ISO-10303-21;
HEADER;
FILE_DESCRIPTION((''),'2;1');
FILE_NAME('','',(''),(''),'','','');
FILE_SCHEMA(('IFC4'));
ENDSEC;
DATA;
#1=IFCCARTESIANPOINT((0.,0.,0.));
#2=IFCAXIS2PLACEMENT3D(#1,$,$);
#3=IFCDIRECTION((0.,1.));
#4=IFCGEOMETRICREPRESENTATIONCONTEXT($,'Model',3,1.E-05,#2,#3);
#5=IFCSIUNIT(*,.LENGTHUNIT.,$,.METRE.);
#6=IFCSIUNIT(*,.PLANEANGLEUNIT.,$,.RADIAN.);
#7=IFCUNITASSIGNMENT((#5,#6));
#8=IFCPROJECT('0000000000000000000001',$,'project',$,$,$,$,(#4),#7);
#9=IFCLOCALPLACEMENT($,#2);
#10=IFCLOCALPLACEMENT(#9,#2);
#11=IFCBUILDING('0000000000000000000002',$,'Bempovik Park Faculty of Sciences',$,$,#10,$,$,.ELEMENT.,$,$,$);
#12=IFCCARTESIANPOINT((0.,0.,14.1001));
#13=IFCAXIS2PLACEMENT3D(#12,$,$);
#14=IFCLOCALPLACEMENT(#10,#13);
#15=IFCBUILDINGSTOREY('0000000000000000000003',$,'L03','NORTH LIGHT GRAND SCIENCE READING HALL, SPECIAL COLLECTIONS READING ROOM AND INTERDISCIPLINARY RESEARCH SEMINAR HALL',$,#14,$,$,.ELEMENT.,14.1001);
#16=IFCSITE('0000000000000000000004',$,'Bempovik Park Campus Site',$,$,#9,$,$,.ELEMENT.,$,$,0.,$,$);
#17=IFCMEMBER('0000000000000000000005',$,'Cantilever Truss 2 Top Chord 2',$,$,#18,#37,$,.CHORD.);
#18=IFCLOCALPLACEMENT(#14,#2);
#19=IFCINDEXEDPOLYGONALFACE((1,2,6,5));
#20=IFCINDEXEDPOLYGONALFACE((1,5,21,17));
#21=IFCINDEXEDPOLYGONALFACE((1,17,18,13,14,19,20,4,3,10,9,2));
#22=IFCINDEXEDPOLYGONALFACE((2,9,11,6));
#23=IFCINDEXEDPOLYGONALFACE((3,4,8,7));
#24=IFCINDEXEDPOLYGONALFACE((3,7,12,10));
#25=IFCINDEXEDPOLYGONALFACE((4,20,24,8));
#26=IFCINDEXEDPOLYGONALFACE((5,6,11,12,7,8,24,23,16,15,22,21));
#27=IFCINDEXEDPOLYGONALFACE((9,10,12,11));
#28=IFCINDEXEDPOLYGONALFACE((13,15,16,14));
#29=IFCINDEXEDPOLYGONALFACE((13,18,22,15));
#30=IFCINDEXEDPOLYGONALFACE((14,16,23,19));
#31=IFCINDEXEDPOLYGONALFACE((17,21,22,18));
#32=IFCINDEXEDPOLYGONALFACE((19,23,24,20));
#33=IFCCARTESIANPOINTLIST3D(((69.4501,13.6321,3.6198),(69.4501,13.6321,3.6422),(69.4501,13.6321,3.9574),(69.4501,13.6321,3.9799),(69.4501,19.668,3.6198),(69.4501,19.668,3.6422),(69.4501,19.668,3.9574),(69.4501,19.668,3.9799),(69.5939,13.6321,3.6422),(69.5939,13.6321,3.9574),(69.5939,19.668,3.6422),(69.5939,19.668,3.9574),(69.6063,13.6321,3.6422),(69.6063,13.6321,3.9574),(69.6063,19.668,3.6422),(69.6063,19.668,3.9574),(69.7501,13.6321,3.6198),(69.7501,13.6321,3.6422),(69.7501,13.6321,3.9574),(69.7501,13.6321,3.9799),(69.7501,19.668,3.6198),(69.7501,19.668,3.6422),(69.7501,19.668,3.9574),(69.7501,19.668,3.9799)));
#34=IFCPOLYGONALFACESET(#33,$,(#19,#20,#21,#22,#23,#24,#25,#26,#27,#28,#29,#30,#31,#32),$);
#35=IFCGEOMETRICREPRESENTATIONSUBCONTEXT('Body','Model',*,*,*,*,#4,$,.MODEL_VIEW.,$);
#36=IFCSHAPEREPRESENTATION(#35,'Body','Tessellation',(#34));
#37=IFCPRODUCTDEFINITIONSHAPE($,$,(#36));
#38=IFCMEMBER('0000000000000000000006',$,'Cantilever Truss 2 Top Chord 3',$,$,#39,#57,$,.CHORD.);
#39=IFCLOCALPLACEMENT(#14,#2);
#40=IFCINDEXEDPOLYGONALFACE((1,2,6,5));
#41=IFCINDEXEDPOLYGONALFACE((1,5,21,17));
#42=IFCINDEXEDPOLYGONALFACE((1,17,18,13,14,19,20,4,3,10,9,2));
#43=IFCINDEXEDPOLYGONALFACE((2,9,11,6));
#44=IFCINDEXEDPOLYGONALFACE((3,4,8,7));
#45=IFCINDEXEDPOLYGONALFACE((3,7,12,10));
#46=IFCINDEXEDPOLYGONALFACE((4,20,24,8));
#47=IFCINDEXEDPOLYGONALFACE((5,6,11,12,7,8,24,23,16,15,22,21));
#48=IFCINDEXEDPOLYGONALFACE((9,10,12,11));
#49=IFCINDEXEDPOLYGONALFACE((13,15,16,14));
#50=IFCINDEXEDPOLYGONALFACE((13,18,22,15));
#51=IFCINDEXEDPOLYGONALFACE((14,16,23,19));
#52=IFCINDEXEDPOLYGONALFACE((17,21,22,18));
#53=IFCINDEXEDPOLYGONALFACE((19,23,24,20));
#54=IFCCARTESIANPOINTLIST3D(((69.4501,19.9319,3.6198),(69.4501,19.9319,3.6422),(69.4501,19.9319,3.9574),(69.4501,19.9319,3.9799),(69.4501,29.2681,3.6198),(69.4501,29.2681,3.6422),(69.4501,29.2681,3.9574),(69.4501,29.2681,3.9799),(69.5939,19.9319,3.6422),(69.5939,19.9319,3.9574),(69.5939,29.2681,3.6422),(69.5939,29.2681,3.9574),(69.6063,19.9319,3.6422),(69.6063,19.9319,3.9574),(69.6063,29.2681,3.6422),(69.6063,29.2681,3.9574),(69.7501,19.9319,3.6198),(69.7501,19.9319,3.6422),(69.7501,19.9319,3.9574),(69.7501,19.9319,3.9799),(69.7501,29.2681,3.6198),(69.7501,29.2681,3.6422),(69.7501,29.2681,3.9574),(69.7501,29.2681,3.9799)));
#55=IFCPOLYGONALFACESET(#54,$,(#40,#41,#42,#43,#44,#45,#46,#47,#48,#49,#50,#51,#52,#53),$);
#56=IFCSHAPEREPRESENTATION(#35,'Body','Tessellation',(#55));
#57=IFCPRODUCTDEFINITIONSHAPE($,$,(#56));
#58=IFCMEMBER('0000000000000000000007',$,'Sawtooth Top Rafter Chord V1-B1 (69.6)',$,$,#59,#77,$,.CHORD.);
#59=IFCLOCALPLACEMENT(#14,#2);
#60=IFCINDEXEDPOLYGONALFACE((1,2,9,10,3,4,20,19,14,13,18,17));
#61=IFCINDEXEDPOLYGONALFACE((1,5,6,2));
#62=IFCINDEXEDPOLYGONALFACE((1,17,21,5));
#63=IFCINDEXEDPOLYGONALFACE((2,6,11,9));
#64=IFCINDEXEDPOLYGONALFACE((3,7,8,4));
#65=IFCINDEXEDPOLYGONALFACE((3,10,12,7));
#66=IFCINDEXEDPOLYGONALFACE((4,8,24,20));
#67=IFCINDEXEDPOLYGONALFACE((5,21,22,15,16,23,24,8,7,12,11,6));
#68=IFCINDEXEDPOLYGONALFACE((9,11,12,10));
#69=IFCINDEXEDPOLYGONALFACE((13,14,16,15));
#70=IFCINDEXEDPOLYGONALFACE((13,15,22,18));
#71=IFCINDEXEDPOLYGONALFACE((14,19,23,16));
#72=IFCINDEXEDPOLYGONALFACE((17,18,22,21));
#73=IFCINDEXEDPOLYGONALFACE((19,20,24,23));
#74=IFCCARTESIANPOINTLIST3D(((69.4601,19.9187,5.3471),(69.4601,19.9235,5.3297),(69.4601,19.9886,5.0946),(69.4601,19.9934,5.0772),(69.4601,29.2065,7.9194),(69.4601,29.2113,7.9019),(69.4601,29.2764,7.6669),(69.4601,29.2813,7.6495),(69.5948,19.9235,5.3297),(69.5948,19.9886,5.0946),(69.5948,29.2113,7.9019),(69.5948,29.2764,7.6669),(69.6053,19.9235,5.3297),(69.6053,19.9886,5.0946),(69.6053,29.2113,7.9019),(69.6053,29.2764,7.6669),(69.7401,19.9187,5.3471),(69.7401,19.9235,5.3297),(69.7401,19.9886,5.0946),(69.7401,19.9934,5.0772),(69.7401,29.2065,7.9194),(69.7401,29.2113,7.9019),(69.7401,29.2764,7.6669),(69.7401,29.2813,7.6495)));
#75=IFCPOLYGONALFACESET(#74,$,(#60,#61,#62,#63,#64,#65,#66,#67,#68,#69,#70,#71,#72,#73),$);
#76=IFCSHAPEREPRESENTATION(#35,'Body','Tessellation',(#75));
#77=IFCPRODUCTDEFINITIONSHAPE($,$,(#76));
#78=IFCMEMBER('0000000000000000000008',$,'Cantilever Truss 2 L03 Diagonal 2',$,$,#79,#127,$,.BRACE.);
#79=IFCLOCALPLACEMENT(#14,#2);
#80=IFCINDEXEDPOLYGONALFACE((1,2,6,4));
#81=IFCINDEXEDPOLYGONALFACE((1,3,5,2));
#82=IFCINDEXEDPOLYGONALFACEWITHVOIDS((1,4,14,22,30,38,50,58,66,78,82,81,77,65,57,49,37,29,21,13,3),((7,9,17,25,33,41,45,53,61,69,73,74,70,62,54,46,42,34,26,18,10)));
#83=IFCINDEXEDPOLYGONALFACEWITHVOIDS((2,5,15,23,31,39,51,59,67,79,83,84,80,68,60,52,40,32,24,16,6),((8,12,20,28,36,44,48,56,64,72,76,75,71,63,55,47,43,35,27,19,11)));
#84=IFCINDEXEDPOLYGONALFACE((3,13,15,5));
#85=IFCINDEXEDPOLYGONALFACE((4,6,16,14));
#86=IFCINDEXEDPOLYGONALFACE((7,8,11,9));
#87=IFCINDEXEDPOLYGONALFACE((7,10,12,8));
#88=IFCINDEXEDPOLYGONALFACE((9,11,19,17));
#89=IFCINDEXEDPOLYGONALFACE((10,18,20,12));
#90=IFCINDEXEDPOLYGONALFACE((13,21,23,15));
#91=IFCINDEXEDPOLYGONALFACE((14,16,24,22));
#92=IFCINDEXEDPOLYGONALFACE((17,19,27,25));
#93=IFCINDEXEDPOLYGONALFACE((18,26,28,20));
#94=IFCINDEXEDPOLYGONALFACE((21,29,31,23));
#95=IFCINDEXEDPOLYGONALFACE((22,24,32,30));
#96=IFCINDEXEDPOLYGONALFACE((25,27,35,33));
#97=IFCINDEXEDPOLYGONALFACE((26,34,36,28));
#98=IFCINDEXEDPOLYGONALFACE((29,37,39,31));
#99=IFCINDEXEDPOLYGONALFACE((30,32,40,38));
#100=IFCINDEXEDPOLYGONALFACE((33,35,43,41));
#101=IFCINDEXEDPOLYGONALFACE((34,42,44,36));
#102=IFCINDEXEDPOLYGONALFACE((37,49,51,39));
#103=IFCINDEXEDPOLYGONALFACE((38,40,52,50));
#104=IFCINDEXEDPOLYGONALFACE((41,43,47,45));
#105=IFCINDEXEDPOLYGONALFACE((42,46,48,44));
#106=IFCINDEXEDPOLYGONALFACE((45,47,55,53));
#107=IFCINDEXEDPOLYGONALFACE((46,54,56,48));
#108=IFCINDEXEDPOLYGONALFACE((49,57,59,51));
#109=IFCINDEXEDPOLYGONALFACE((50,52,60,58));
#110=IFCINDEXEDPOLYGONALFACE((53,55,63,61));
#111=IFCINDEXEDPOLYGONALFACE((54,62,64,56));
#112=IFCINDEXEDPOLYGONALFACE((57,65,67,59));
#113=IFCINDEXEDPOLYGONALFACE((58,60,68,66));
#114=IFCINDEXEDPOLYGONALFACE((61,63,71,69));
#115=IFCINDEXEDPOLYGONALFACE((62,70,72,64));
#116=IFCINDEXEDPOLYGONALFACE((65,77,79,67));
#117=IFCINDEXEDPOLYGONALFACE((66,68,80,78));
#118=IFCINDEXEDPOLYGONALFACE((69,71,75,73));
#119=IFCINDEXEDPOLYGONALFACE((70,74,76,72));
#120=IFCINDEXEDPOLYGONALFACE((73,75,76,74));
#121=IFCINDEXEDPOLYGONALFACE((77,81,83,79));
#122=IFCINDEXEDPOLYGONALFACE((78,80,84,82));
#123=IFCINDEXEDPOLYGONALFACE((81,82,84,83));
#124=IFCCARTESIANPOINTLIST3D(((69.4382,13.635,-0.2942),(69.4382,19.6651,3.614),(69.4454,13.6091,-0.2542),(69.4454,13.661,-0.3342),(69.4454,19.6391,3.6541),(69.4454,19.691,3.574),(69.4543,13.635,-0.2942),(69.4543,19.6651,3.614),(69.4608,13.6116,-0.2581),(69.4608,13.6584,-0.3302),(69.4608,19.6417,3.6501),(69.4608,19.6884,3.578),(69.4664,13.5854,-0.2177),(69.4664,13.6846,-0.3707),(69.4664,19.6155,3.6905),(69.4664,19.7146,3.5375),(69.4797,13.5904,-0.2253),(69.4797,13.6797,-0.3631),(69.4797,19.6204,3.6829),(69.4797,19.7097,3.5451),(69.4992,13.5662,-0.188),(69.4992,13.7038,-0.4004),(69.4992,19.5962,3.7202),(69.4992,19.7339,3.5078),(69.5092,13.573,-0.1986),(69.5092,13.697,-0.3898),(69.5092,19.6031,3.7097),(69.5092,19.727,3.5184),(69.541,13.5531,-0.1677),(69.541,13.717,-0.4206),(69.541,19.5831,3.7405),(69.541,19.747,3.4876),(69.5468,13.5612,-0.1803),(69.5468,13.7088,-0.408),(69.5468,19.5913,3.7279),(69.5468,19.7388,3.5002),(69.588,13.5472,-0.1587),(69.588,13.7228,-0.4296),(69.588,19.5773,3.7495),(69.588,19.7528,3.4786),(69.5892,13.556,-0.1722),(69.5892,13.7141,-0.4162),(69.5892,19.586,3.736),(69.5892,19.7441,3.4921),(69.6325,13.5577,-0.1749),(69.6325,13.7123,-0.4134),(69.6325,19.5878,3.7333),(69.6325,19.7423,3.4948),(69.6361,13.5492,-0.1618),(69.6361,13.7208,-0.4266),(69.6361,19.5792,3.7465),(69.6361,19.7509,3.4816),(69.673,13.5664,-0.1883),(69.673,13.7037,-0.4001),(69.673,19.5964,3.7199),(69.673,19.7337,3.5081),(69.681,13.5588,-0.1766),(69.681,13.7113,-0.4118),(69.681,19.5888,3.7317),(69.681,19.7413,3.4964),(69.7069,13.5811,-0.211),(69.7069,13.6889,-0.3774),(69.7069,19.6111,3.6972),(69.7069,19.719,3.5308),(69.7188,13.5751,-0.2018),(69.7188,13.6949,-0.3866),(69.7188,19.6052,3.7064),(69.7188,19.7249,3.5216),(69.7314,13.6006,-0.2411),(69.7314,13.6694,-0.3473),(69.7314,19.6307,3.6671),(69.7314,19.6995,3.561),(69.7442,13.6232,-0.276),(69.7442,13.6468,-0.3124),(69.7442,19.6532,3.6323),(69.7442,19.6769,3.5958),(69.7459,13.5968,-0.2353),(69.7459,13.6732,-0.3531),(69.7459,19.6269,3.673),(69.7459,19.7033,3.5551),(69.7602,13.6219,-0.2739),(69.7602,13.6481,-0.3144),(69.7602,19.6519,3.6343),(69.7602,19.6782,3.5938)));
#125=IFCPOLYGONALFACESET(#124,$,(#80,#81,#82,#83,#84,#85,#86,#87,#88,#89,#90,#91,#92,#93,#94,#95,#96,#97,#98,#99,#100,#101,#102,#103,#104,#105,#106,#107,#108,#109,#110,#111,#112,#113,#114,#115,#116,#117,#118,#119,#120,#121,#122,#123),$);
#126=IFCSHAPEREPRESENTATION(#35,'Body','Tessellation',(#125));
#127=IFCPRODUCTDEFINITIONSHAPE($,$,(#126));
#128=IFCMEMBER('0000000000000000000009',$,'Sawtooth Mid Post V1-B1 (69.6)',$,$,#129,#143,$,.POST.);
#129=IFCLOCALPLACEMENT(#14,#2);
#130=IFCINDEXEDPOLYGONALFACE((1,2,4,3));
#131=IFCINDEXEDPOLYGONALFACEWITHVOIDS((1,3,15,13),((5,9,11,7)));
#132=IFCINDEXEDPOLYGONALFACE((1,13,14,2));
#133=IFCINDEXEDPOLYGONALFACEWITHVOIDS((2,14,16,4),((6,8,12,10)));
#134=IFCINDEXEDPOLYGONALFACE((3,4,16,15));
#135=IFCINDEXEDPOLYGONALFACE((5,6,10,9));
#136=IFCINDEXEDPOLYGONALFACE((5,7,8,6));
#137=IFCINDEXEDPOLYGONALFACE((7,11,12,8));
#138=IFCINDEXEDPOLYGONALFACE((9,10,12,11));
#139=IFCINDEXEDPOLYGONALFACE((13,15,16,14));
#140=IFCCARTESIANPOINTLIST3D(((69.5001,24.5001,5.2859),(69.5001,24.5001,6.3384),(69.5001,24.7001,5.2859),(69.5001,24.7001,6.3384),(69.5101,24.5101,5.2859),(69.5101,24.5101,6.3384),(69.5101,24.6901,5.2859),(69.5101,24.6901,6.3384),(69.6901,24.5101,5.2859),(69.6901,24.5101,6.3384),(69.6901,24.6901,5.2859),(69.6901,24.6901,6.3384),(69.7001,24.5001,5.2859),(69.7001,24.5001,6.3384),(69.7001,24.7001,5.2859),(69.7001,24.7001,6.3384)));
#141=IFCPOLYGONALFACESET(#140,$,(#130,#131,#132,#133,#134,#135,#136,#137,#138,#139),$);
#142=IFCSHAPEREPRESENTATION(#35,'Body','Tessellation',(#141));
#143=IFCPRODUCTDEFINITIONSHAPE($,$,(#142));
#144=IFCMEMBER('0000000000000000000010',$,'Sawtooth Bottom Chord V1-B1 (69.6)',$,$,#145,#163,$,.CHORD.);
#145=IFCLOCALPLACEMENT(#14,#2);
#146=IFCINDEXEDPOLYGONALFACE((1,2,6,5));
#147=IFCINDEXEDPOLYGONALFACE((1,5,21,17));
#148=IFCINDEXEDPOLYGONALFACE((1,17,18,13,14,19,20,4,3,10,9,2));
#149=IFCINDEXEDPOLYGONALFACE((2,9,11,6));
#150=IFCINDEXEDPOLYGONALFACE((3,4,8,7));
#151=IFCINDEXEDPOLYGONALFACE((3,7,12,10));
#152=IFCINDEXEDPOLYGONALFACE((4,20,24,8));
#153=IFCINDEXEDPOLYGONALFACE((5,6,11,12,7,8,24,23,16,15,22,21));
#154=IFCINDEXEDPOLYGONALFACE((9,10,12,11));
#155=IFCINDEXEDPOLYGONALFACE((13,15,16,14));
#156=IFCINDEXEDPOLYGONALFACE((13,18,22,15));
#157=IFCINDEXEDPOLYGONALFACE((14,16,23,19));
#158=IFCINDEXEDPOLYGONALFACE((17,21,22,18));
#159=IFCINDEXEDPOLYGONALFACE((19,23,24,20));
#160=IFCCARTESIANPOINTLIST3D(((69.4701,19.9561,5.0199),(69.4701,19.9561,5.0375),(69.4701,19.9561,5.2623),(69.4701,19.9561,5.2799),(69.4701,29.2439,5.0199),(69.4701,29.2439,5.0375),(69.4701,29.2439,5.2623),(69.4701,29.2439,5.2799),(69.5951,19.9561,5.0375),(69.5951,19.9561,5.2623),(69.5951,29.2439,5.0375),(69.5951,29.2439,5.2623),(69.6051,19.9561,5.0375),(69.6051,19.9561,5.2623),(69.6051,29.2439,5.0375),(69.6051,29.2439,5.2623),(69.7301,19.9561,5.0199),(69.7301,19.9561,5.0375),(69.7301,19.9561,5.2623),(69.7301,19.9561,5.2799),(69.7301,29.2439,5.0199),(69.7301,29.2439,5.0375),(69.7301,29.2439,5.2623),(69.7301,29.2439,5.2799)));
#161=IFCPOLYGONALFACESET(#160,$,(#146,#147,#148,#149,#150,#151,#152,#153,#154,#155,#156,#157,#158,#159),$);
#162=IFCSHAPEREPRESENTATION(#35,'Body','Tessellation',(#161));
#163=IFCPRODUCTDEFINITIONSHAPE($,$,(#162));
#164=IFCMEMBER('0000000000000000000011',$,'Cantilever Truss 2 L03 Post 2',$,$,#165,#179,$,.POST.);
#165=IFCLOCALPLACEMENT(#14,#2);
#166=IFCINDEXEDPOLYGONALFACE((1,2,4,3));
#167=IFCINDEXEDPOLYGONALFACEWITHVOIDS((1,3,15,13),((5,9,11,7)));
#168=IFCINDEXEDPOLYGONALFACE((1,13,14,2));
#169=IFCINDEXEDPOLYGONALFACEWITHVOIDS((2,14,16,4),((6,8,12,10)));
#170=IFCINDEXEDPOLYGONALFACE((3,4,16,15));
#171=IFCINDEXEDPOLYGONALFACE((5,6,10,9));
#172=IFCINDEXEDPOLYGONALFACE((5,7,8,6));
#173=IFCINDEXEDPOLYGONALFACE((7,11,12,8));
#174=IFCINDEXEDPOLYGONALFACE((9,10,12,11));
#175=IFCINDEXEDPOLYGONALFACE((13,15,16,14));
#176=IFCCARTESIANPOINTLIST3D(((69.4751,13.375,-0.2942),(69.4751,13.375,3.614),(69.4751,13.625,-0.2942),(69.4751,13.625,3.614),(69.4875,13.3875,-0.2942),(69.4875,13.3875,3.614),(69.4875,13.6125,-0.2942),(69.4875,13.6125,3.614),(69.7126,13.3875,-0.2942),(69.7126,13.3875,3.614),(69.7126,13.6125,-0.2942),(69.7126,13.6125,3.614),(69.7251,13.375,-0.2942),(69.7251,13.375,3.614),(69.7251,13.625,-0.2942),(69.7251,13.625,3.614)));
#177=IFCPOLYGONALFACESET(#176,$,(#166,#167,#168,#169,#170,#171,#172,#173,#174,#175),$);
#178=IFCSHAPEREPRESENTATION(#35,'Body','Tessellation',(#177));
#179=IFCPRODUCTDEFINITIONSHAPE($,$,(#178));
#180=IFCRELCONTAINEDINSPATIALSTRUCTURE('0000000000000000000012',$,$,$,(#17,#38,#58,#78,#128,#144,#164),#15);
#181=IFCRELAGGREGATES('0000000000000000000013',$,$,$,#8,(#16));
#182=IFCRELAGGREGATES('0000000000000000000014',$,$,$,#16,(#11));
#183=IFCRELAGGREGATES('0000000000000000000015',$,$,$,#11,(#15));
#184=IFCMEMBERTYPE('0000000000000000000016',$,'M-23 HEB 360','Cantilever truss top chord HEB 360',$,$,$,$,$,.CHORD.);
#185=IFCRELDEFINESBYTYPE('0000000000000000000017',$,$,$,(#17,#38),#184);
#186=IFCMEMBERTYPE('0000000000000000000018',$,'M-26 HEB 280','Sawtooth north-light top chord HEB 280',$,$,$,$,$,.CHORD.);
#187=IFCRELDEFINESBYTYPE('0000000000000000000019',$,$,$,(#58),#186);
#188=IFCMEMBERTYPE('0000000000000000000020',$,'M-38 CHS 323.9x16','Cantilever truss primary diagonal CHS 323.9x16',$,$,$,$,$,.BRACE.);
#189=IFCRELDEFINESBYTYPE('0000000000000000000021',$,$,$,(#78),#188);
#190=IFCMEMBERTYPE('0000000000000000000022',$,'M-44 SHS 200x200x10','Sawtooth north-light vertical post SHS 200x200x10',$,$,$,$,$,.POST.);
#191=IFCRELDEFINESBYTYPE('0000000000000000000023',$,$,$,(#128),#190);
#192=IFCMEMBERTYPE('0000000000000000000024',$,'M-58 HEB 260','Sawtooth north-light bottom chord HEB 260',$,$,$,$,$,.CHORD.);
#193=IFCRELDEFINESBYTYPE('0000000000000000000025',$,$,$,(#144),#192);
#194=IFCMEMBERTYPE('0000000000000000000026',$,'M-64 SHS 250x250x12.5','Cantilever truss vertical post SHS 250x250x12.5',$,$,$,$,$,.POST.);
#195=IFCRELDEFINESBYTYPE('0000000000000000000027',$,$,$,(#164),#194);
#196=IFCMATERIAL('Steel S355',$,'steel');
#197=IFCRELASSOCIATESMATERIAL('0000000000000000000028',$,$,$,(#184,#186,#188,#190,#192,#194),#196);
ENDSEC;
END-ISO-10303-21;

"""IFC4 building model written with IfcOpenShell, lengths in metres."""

from ifc_helpers import new_model, si_unit, direction, frame, origin, origin_2d, place, context, subcontext, project, spatial, hollow_rectangle, hollow_circle, i_section, extrude, material, material_profile, profile_set, type_object, element, save


model = new_model("IFC4")

# Units and contexts
model_context = context("Model", 3, precision=1e-05, world=origin(), true_north=direction((0.0, 1.0)))
body_context = subcontext(model_context, "Body", "Model", "MODEL_VIEW")
ifc_project = project(units=[si_unit("LENGTHUNIT", "METRE"), si_unit("PLANEANGLEUNIT", "RADIAN")], contexts=[model_context])

# Site, building, storey
site_placement = place(None, origin())
site = spatial("IfcSite", under=ifc_project, at=site_placement, Name="Bempovik Park Campus Site", CompositionType="ELEMENT", RefElevation=0.0)
building_placement = place(site_placement, origin())
building = spatial("IfcBuilding", under=site, at=building_placement, Name="Bempovik Park Faculty of Sciences", CompositionType="ELEMENT")
storey_placement = place(building_placement, frame((0.0, 0.0, 14.1001)))
storey = spatial("IfcBuildingStorey", under=building, at=storey_placement, Name="L03", Description="NORTH LIGHT GRAND SCIENCE READING HALL, SPECIAL COLLECTIONS READING ROOM AND INTERDISCIPLINARY RESEARCH SEMINAR HALL", CompositionType="ELEMENT", Elevation=14.1001)

# Shared definitions
ifc_material_1 = material(Name="Steel S355", Category="steel")

# Members
ifc_material_profile_1 = material_profile(ifc_material_1, i_section(OverallWidth=0.3, OverallDepth=0.3601, WebThickness=0.0125, FlangeThickness=0.0225, at=origin_2d()), Name="HEB 360")
ifc_profile_set_1 = profile_set([ifc_material_profile_1], Name="Steel S355")
member_type_1 = type_object("IfcMemberType", Name="M-23 HEB 360", Description="Cantilever truss top chord HEB 360", PredefinedType="CHORD", material=ifc_profile_set_1)
member_1_placement = place(storey_placement, frame((69.6001, 13.6321, 3.7998), z_axis=(0.0, 1.0, 0.0), x_axis=(-1.0, 0.0, 0.0)))
element("IfcMember", 1, at=member_1_placement, inside=storey, type_object=member_type_1, Name="Cantilever Truss 2 Top Chord 2", PredefinedType="CHORD", context=body_context, shape_type="SweptSolid", body=[
    extrude(i_section(OverallWidth=0.3, OverallDepth=0.3601, WebThickness=0.0125, FlangeThickness=0.0225, at=origin_2d()), origin(), (0.0, 0.0, 1.0), 6.0359),
])
member_2_placement = place(storey_placement, frame((69.6001, 19.9319, 3.7998), z_axis=(0.0, 1.0, 0.0), x_axis=(-1.0, 0.0, 0.0)))
element("IfcMember", 2, at=member_2_placement, inside=storey, type_object=member_type_1, Name="Cantilever Truss 2 Top Chord 3", PredefinedType="CHORD", context=body_context, shape_type="SweptSolid", body=[
    extrude(i_section(OverallWidth=0.3, OverallDepth=0.3601, WebThickness=0.0125, FlangeThickness=0.0225, at=origin_2d()), origin(), (0.0, 0.0, 1.0), 9.3362),
])
ifc_material_profile_2 = material_profile(ifc_material_1, i_section(OverallWidth=0.28, OverallDepth=0.28, WebThickness=0.0105, FlangeThickness=0.0181, at=origin_2d()), Name="HEB 280")
ifc_profile_set_2 = profile_set([ifc_material_profile_2], Name="Steel S355")
member_type_2 = type_object("IfcMemberType", Name="M-26 HEB 280", Description="Sawtooth north-light top chord HEB 280", PredefinedType="CHORD", material=ifc_profile_set_2)
member_3_placement = place(storey_placement, frame((69.6001, 19.9561, 5.2122), z_axis=(0.0, 0.963723, 0.266903), x_axis=(-1.0, 0.0, 0.0)))
element("IfcMember", 3, at=member_3_placement, inside=storey, type_object=member_type_2, Name="Sawtooth Top Rafter Chord V1-B1 (69.6)", PredefinedType="CHORD", context=body_context, shape_type="SweptSolid", body=[
    extrude(i_section(OverallWidth=0.28, OverallDepth=0.28, WebThickness=0.0105, FlangeThickness=0.0181, at=origin_2d()), origin(), (0.0, 0.0, 1.0), 9.6375),
])
ifc_material_profile_3 = material_profile(ifc_material_1, hollow_circle(Radius=0.1619, WallThickness=0.0161, at=origin_2d()), Name="CHS 323.9x16")
ifc_profile_set_3 = profile_set([ifc_material_profile_3], Name="Steel S355")
member_type_3 = type_object("IfcMemberType", Name="M-38 CHS 323.9x16", Description="Cantilever truss primary diagonal CHS 323.9x16", PredefinedType="BRACE", material=ifc_profile_set_3)
member_4_placement = place(storey_placement, frame((69.6001, 13.635, -0.2942), z_axis=(0.0, 0.839162, 0.543881), x_axis=(-1.0, 0.0, 0.0)))
element("IfcMember", 4, at=member_4_placement, inside=storey, type_object=member_type_3, Name="Cantilever Truss 2 L03 Diagonal 2", PredefinedType="BRACE", context=body_context, shape_type="SweptSolid", body=[
    extrude(hollow_circle(Radius=0.1619, WallThickness=0.0161, at=origin_2d()), origin(), (0.0, 0.0, 1.0), 7.1858),
])
ifc_material_profile_4 = material_profile(ifc_material_1, hollow_rectangle(XDim=0.2, YDim=0.2, WallThickness=0.01, at=origin_2d()), Name="SHS 200x200x10")
ifc_profile_set_4 = profile_set([ifc_material_profile_4], Name="Steel S355")
member_type_4 = type_object("IfcMemberType", Name="M-44 SHS 200x200x10", Description="Sawtooth north-light vertical post SHS 200x200x10", PredefinedType="POST", material=ifc_profile_set_4)
member_5_placement = place(storey_placement, frame((69.6001, 24.6001, 5.2859), z_axis=(0.0, 0.0, 1.0), x_axis=(1.0, 0.0, 0.0)))
element("IfcMember", 5, at=member_5_placement, inside=storey, type_object=member_type_4, Name="Sawtooth Mid Post V1-B1 (69.6)", PredefinedType="POST", context=body_context, shape_type="SweptSolid", body=[
    extrude(hollow_rectangle(XDim=0.2, YDim=0.2, WallThickness=0.01, at=origin_2d()), origin(), (0.0, 0.0, 1.0), 1.0525),
])
ifc_material_profile_5 = material_profile(ifc_material_1, i_section(OverallWidth=0.26, OverallDepth=0.26, WebThickness=0.01, FlangeThickness=0.0176, at=origin_2d()), Name="HEB 260")
ifc_profile_set_5 = profile_set([ifc_material_profile_5], Name="Steel S355")
member_type_5 = type_object("IfcMemberType", Name="M-58 HEB 260", Description="Sawtooth north-light bottom chord HEB 260", PredefinedType="CHORD", material=ifc_profile_set_5)
member_6_placement = place(storey_placement, frame((69.6001, 19.9561, 5.1499), z_axis=(0.0, 1.0, 0.0), x_axis=(-1.0, 0.0, 0.0)))
element("IfcMember", 6, at=member_6_placement, inside=storey, type_object=member_type_5, Name="Sawtooth Bottom Chord V1-B1 (69.6)", PredefinedType="CHORD", context=body_context, shape_type="SweptSolid", body=[
    extrude(i_section(OverallWidth=0.26, OverallDepth=0.26, WebThickness=0.01, FlangeThickness=0.0176, at=origin_2d()), origin(), (0.0, 0.0, 1.0), 9.2878),
])
ifc_material_profile_6 = material_profile(ifc_material_1, hollow_rectangle(XDim=0.25, YDim=0.25, WallThickness=0.0125, at=origin_2d()), Name="SHS 250x250x12.5")
ifc_profile_set_6 = profile_set([ifc_material_profile_6], Name="Steel S355")
member_type_6 = type_object("IfcMemberType", Name="M-64 SHS 250x250x12.5", Description="Cantilever truss vertical post SHS 250x250x12.5", PredefinedType="POST", material=ifc_profile_set_6)
for number, where, z_axis, x_axis, name in (
    (7, (69.6001, 13.5, -0.2942), (0.0, 0.0, 1.0), (1.0, 0.0, 0.0), "Cantilever Truss 2 L03 Post 2"),
):
    element("IfcMember", number, at=place(storey_placement, frame(where, z_axis=z_axis, x_axis=x_axis)), inside=storey, type_object=member_type_6, Name=name, PredefinedType="POST", context=body_context, shape_type="SweptSolid", body=[
        extrude(hollow_rectangle(XDim=0.25, YDim=0.25, WallThickness=0.0125, at=origin_2d()), origin(), (0.0, 0.0, 1.0), 3.9082),
    ])

save(model, "model.ifc")
